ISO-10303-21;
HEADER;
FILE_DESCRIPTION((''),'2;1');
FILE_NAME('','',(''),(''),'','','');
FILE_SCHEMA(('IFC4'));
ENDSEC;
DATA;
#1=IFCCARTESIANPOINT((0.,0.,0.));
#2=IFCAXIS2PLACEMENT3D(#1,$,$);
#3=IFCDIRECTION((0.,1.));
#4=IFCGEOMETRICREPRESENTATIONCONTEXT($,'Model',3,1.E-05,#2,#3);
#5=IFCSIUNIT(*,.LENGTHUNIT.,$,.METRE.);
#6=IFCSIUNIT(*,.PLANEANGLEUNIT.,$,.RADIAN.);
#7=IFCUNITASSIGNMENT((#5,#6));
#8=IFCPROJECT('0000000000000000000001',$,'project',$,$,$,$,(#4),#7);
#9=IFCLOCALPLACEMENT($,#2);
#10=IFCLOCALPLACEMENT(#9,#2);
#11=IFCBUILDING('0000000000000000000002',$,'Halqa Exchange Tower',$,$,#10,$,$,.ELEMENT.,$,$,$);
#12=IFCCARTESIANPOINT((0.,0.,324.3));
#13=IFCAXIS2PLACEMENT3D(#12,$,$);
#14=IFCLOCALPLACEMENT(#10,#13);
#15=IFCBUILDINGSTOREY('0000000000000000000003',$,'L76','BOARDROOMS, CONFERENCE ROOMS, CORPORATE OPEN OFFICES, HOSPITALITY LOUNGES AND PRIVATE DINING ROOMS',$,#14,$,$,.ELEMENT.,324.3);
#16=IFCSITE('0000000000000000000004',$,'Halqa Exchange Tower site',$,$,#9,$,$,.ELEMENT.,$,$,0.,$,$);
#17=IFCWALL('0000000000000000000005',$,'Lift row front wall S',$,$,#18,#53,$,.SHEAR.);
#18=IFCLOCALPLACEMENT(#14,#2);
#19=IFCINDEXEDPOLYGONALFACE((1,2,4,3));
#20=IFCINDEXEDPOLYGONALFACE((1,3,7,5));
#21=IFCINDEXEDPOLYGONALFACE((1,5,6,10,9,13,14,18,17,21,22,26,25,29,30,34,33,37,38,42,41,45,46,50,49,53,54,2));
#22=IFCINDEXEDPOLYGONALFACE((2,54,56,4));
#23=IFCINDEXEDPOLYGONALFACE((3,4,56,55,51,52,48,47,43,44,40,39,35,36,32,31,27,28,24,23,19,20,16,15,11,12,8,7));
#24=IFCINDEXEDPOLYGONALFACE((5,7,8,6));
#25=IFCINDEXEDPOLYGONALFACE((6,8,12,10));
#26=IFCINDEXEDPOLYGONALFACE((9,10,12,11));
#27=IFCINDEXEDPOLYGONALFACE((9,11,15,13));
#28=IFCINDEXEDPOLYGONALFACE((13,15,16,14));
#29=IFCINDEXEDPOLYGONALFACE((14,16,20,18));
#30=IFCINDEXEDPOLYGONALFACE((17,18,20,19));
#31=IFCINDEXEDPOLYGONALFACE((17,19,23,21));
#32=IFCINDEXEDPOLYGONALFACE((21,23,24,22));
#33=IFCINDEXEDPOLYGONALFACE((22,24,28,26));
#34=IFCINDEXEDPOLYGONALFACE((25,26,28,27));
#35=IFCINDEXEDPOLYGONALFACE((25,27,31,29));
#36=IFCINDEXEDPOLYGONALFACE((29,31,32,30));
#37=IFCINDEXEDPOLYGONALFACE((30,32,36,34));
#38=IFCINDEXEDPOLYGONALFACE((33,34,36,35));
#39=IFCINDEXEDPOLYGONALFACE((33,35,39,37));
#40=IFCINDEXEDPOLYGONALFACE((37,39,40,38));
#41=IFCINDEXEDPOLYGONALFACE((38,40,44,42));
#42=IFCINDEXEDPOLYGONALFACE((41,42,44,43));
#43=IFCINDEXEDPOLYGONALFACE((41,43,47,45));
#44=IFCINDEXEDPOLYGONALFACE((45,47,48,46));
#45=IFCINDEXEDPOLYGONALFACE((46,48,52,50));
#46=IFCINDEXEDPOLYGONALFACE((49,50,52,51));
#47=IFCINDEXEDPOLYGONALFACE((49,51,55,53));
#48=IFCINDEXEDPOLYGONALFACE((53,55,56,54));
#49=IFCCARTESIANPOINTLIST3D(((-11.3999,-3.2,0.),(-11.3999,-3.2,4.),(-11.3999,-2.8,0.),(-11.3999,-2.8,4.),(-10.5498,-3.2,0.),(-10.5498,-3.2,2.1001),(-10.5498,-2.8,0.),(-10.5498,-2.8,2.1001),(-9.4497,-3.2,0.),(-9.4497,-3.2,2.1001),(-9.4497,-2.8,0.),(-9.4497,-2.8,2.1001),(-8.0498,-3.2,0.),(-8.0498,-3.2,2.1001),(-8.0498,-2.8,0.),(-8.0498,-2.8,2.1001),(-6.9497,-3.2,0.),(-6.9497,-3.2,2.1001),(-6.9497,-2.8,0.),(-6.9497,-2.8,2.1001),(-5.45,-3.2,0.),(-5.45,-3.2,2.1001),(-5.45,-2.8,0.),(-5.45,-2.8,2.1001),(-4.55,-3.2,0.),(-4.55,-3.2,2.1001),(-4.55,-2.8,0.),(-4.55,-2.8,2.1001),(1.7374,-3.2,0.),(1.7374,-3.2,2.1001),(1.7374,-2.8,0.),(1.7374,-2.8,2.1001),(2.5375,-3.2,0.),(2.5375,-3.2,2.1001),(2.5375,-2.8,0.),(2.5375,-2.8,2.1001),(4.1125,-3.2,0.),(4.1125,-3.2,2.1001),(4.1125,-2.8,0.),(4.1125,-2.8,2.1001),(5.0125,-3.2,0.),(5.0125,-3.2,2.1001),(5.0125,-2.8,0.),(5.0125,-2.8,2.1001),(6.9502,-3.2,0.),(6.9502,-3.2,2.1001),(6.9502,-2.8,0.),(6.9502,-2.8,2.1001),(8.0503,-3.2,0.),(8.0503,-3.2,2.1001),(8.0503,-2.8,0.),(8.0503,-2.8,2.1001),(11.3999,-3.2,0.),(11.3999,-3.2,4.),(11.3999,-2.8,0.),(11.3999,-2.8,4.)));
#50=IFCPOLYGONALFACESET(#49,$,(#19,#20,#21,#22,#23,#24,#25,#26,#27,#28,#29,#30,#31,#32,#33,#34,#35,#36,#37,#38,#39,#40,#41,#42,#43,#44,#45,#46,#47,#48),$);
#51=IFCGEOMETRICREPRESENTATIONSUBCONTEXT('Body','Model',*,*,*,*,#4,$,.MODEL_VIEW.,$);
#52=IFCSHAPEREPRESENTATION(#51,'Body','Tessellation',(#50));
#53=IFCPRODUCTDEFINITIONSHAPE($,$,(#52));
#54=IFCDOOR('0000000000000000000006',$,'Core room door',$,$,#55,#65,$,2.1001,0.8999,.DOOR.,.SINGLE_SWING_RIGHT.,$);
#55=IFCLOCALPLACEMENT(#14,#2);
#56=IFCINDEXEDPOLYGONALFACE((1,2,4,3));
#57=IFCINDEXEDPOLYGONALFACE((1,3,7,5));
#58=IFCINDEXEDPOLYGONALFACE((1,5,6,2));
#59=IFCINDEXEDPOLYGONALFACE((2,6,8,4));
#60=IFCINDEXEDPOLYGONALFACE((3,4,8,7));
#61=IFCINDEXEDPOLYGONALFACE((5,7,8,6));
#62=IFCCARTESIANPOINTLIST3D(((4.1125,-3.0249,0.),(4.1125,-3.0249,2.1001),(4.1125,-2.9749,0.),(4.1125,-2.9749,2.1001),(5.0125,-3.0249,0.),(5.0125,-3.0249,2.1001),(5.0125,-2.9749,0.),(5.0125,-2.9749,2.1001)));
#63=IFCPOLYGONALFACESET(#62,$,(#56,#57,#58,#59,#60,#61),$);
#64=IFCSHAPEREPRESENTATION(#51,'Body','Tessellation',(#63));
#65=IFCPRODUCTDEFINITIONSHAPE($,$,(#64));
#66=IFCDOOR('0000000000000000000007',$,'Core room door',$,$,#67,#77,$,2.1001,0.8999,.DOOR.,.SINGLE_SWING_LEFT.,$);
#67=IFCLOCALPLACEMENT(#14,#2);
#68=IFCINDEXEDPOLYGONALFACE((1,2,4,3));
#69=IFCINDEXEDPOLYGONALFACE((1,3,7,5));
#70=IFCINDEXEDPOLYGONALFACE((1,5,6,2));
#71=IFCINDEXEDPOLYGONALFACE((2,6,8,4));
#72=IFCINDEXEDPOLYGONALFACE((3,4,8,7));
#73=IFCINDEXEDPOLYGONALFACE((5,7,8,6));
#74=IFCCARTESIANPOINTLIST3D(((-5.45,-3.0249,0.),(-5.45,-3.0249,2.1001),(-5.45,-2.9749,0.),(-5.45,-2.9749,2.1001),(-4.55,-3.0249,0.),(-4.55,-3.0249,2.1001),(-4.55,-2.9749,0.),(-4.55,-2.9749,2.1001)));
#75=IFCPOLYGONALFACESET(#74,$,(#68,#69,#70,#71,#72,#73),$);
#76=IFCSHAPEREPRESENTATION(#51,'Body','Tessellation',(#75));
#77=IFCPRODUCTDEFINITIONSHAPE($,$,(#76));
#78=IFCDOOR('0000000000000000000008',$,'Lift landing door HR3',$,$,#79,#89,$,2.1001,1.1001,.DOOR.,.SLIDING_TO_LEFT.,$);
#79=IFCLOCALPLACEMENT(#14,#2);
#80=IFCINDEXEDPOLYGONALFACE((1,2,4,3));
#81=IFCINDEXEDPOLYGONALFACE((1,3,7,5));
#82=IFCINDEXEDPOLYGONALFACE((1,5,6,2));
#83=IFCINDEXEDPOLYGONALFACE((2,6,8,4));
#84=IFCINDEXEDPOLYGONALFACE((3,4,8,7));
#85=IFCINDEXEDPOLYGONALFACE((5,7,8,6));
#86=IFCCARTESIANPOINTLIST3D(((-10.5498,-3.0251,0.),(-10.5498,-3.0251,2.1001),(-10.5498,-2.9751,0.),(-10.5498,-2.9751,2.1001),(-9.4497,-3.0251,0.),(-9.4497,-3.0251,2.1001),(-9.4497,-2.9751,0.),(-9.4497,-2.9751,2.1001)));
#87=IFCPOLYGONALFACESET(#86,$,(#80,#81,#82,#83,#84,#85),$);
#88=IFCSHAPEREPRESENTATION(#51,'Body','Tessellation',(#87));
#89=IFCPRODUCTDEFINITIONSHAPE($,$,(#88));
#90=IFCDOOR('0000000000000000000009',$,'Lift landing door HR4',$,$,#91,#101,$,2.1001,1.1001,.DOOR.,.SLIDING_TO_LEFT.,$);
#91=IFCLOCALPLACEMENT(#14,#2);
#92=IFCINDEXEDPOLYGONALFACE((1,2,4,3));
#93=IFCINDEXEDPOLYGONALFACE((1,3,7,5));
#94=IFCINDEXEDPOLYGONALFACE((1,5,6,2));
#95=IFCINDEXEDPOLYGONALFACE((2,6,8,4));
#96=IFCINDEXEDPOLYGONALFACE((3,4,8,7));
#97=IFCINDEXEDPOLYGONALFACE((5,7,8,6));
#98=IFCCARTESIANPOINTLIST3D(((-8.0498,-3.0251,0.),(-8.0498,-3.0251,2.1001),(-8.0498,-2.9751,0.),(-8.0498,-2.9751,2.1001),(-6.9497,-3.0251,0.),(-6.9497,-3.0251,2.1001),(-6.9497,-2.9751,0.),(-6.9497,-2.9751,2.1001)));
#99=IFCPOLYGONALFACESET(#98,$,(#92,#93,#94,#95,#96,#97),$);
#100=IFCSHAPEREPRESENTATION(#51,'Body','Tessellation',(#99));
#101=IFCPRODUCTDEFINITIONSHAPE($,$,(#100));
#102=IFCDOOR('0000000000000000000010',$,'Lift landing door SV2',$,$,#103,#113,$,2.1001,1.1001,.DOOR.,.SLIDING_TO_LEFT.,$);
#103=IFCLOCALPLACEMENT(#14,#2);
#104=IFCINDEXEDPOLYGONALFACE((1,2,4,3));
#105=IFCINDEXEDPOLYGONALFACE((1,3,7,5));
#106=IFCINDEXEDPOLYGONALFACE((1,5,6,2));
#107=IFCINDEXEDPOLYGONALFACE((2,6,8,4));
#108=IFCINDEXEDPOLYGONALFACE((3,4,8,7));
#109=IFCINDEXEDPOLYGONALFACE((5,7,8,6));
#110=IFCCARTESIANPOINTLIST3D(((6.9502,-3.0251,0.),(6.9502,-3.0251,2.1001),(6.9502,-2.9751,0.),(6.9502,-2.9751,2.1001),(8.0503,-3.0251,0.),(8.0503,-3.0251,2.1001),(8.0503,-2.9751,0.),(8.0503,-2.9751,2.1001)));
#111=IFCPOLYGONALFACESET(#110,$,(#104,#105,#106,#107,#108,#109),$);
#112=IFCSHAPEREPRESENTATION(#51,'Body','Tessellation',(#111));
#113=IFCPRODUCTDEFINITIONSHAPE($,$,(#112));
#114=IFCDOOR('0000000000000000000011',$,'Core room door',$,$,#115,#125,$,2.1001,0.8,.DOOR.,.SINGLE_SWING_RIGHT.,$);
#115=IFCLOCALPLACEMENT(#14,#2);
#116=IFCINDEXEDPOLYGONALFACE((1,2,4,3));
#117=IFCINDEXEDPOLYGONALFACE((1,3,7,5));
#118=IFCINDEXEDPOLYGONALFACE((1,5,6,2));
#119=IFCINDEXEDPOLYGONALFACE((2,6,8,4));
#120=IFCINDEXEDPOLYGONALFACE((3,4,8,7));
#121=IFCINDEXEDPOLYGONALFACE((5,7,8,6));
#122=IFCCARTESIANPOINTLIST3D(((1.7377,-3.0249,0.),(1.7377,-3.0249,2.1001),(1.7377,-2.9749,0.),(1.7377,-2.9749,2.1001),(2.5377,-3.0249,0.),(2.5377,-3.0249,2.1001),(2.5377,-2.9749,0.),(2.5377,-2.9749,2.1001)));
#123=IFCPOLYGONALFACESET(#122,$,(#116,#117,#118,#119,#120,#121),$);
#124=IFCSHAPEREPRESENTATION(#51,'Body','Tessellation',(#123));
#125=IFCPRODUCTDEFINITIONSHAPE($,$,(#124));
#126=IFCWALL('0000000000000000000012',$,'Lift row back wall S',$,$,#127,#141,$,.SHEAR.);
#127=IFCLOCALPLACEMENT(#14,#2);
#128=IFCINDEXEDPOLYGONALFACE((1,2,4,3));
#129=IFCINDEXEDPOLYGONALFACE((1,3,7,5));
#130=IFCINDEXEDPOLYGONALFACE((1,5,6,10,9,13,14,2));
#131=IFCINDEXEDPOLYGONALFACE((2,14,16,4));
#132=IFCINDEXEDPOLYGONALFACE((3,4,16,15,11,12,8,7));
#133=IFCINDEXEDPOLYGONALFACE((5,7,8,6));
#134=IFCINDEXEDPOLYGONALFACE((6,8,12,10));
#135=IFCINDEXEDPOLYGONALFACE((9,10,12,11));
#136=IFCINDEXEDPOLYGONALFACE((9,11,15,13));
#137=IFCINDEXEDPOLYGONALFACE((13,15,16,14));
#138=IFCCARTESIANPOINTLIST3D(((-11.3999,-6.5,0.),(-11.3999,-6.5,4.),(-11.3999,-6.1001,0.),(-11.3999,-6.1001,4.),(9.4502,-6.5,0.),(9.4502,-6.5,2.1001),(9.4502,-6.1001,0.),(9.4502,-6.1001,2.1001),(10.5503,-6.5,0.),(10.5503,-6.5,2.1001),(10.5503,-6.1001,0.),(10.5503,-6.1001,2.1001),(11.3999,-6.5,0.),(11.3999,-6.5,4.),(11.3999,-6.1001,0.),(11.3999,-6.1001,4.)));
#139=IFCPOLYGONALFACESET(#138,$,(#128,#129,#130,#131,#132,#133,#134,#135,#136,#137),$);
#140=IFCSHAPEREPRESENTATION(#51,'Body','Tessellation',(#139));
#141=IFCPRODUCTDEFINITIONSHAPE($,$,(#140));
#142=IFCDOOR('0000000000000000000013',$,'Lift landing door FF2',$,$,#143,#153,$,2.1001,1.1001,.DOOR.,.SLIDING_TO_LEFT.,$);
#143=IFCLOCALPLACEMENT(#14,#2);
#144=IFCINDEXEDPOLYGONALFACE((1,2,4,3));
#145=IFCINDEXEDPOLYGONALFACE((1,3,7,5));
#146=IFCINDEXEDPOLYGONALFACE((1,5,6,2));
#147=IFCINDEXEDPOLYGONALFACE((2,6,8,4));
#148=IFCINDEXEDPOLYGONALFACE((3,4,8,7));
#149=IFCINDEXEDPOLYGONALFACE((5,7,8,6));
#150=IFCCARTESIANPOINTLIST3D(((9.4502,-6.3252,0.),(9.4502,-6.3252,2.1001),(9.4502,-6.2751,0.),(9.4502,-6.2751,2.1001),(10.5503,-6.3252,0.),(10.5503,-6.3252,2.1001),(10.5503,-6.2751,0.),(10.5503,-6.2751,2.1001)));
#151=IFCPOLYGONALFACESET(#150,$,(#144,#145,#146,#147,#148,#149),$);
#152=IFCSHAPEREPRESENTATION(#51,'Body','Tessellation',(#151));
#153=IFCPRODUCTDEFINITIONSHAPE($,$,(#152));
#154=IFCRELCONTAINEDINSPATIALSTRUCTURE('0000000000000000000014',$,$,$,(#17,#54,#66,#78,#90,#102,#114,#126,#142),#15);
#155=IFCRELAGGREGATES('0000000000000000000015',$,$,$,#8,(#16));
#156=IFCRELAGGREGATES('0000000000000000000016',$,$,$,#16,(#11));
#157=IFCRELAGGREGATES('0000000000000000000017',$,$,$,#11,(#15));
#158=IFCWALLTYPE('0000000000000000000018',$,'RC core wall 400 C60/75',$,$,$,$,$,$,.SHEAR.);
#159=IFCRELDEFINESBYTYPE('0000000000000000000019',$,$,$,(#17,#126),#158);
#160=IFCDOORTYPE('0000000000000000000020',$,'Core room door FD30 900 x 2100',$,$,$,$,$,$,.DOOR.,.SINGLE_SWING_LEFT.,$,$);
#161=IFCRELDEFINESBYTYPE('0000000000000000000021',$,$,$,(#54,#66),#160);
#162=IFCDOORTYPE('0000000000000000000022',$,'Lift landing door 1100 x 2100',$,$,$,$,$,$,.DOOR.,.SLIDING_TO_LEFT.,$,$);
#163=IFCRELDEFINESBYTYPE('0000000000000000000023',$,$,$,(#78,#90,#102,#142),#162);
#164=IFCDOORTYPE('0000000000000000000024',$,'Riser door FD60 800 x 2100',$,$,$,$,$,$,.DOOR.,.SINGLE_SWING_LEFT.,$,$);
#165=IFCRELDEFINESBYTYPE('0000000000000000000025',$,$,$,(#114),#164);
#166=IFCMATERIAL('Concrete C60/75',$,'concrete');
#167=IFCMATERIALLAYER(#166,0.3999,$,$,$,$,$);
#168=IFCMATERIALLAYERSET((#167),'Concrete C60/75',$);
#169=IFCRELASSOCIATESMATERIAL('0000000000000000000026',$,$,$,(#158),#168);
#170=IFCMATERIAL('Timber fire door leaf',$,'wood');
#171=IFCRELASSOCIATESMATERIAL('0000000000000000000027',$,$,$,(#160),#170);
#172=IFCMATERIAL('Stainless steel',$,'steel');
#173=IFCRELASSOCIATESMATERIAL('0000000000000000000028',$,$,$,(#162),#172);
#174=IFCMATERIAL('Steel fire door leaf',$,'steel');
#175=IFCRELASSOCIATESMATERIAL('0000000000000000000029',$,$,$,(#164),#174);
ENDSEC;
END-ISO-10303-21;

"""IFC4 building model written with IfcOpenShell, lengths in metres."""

from ifc_helpers import new_model, si_unit, direction, frame, frame_2d, origin, place, context, subcontext, project, spatial, rectangle, extrude, material, layer, layer_set, type_object, element, fill, save


model = new_model("IFC4")

# Units and contexts
model_context = context("Model", 3, precision=1e-05, world=origin(), true_north=direction((0.0, 1.0)))
body_context = subcontext(model_context, "Body", "Model", "MODEL_VIEW")
ifc_project = project(units=[si_unit("LENGTHUNIT", "METRE"), si_unit("PLANEANGLEUNIT", "RADIAN")], contexts=[model_context])

# Site, building, storey
site_placement = place(None, origin())
site = spatial("IfcSite", under=ifc_project, at=site_placement, Name="Halqa Exchange Tower site", CompositionType="ELEMENT", RefElevation=0.0)
building_placement = place(site_placement, origin())
building = spatial("IfcBuilding", under=site, at=building_placement, Name="Halqa Exchange Tower", CompositionType="ELEMENT")
storey_placement = place(building_placement, frame((0.0, 0.0, 324.3)))
storey = spatial("IfcBuildingStorey", under=building, at=storey_placement, Name="L76", Description="BOARDROOMS, CONFERENCE ROOMS, CORPORATE OPEN OFFICES, HOSPITALITY LOUNGES AND PRIVATE DINING ROOMS", CompositionType="ELEMENT", Elevation=324.3)

# Shared definitions
ifc_material_1 = material(Name="Concrete C60/75", Category="concrete")

# Wall, openings, doors
ifc_layer_1 = layer(ifc_material_1, 0.3999)
ifc_layer_set_1 = layer_set([ifc_layer_1], Name="Concrete C60/75")
wall_type_1 = type_object("IfcWallType", Name="RC core wall 400 C60/75", PredefinedType="SHEAR", material=ifc_layer_set_1)
wall_1_placement = place(storey_placement, frame((-11.3999, -3.0, 0.0), z_axis=(0.0, 0.0, 1.0), x_axis=(1.0, 0.0, 0.0)))
wall_1 = element("IfcWall", 1, at=wall_1_placement, inside=storey, type_object=wall_type_1, Name="Lift row front wall S", PredefinedType="SHEAR", context=body_context, shape_type="SweptSolid", body=[
    extrude(rectangle(XDim=22.7998, YDim=0.3999, at=frame_2d((11.3999, 0.0))), origin(), (0.0, 0.0, 1.0), 4.0),
])
opening_1_placement = place(wall_1_placement, frame((0.8501, 0.0, 0.0)))
opening_1 = element("IfcOpeningElement", 2, at=opening_1_placement, cuts=wall_1, PredefinedType="OPENING", context=body_context, shape_type="SweptSolid", body=[
    extrude(rectangle(XDim=1.1001, YDim=2.1001, at=frame_2d((0.55, 1.05))), frame((0.0, 0.2119, 0.0), z_axis=(0.0, -1.0, 0.0), x_axis=(1.0, 0.0, 0.0)), (0.0, 0.0, 1.0), 0.4238),
])
opening_2_placement = place(wall_1_placement, frame((3.3501, 0.0, 0.0)))
opening_2 = element("IfcOpeningElement", 3, at=opening_2_placement, cuts=wall_1, PredefinedType="OPENING", context=body_context, shape_type="SweptSolid", body=[
    extrude(rectangle(XDim=1.1001, YDim=2.1001, at=frame_2d((0.55, 1.05))), frame((0.0, 0.2119, 0.0), z_axis=(0.0, -1.0, 0.0), x_axis=(1.0, 0.0, 0.0)), (0.0, 0.0, 1.0), 0.4238),
])
opening_3_placement = place(wall_1_placement, frame((18.3501, 0.0, 0.0)))
opening_3 = element("IfcOpeningElement", 4, at=opening_3_placement, cuts=wall_1, PredefinedType="OPENING", context=body_context, shape_type="SweptSolid", body=[
    extrude(rectangle(XDim=1.1001, YDim=2.1001, at=frame_2d((0.55, 1.05))), frame((0.0, 0.2119, 0.0), z_axis=(0.0, -1.0, 0.0), x_axis=(1.0, 0.0, 0.0)), (0.0, 0.0, 1.0), 0.4238),
])
opening_4_placement = place(wall_1_placement, frame((13.1375, 0.0, 0.0)))
opening_4 = element("IfcOpeningElement", 5, at=opening_4_placement, cuts=wall_1, PredefinedType="OPENING", context=body_context, shape_type="SweptSolid", body=[
    extrude(rectangle(XDim=0.8, YDim=2.1001, at=frame_2d((0.3999, 1.05))), frame((0.0, 0.2119, 0.0), z_axis=(0.0, -1.0, 0.0), x_axis=(1.0, 0.0, 0.0)), (0.0, 0.0, 1.0), 0.4238),
])
opening_5_placement = place(wall_1_placement, frame((15.5125, 0.0, 0.0)))
opening_5 = element("IfcOpeningElement", 6, at=opening_5_placement, cuts=wall_1, PredefinedType="OPENING", context=body_context, shape_type="SweptSolid", body=[
    extrude(rectangle(XDim=0.8999, YDim=2.1001, at=frame_2d((0.45, 1.05))), frame((0.0, 0.2119, 0.0), z_axis=(0.0, -1.0, 0.0), x_axis=(1.0, 0.0, 0.0)), (0.0, 0.0, 1.0), 0.4238),
])
opening_6_placement = place(wall_1_placement, frame((5.95, 0.0, 0.0)))
opening_6 = element("IfcOpeningElement", 7, at=opening_6_placement, cuts=wall_1, PredefinedType="OPENING", context=body_context, shape_type="SweptSolid", body=[
    extrude(rectangle(XDim=0.8999, YDim=2.1001, at=frame_2d((0.45, 1.05))), frame((0.0, 0.2119, 0.0), z_axis=(0.0, -1.0, 0.0), x_axis=(1.0, 0.0, 0.0)), (0.0, 0.0, 1.0), 0.4238),
])
ifc_material_2 = material(Name="Timber fire door leaf", Category="wood")
door_type_1 = type_object("IfcDoorType", Name="Core room door FD30 900 x 2100", OperationType="SINGLE_SWING_LEFT", PredefinedType="DOOR", material=ifc_material_2)
door_1_placement = place(opening_5_placement, frame((0.8999, 0.0, 0.0), z_axis=(0.0, 0.0, 1.0), x_axis=(-1.0, 0.0, 0.0)))
door_1 = element("IfcDoor", 8, at=door_1_placement, inside=storey, type_object=door_type_1, Name="Core room door", OperationType="SINGLE_SWING_RIGHT", OverallHeight=2.1001, OverallWidth=0.8999, PredefinedType="DOOR", context=body_context, shape_type="SweptSolid", body=[
    extrude(rectangle(XDim=0.8999, YDim=2.1001, at=frame_2d((0.45, 1.05))), frame((0.0, 0.0249, 0.0), z_axis=(0.0, -1.0, 0.0), x_axis=(1.0, 0.0, 0.0)), (0.0, 0.0, 1.0), 0.05),
])
fill(opening_5, door_1)
door_2_placement = place(opening_6_placement, frame((0.8999, 0.0, 0.0), z_axis=(0.0, 0.0, 1.0), x_axis=(-1.0, 0.0, 0.0)))
door_2 = element("IfcDoor", 9, at=door_2_placement, inside=storey, type_object=door_type_1, Name="Core room door", OperationType="SINGLE_SWING_LEFT", OverallHeight=2.1001, OverallWidth=0.8999, PredefinedType="DOOR", context=body_context, shape_type="SweptSolid", body=[
    extrude(rectangle(XDim=0.8999, YDim=2.1001, at=frame_2d((0.45, 1.05))), frame((0.0, 0.0249, 0.0), z_axis=(0.0, -1.0, 0.0), x_axis=(1.0, 0.0, 0.0)), (0.0, 0.0, 1.0), 0.05),
])
fill(opening_6, door_2)
ifc_material_3 = material(Name="Stainless steel", Category="steel")
door_type_2 = type_object("IfcDoorType", Name="Lift landing door 1100 x 2100", OperationType="SLIDING_TO_LEFT", PredefinedType="DOOR", material=ifc_material_3)
door_3_placement = place(opening_1_placement, origin())
door_3 = element("IfcDoor", 10, at=door_3_placement, inside=storey, type_object=door_type_2, Name="Lift landing door HR3", OperationType="SLIDING_TO_LEFT", OverallHeight=2.1001, OverallWidth=1.1001, PredefinedType="DOOR", context=body_context, shape_type="SweptSolid", body=[
    extrude(rectangle(XDim=1.1001, YDim=2.1001, at=frame_2d((0.55, 1.05))), frame((0.0, 0.0249, 0.0), z_axis=(0.0, -1.0, 0.0), x_axis=(1.0, 0.0, 0.0)), (0.0, 0.0, 1.0), 0.05),
])
fill(opening_1, door_3)
door_4_placement = place(opening_2_placement, origin())
door_4 = element("IfcDoor", 11, at=door_4_placement, inside=storey, type_object=door_type_2, Name="Lift landing door HR4", OperationType="SLIDING_TO_LEFT", OverallHeight=2.1001, OverallWidth=1.1001, PredefinedType="DOOR", context=body_context, shape_type="SweptSolid", body=[
    extrude(rectangle(XDim=1.1001, YDim=2.1001, at=frame_2d((0.55, 1.05))), frame((0.0, 0.0249, 0.0), z_axis=(0.0, -1.0, 0.0), x_axis=(1.0, 0.0, 0.0)), (0.0, 0.0, 1.0), 0.05),
])
fill(opening_2, door_4)
door_5_placement = place(opening_3_placement, origin())
door_5 = element("IfcDoor", 12, at=door_5_placement, inside=storey, type_object=door_type_2, Name="Lift landing door SV2", OperationType="SLIDING_TO_LEFT", OverallHeight=2.1001, OverallWidth=1.1001, PredefinedType="DOOR", context=body_context, shape_type="SweptSolid", body=[
    extrude(rectangle(XDim=1.1001, YDim=2.1001, at=frame_2d((0.55, 1.05))), frame((0.0, 0.0249, 0.0), z_axis=(0.0, -1.0, 0.0), x_axis=(1.0, 0.0, 0.0)), (0.0, 0.0, 1.0), 0.05),
])
fill(opening_3, door_5)
ifc_material_4 = material(Name="Steel fire door leaf", Category="steel")
door_type_3 = type_object("IfcDoorType", Name="Riser door FD60 800 x 2100", OperationType="SINGLE_SWING_LEFT", PredefinedType="DOOR", material=ifc_material_4)
door_6_placement = place(opening_4_placement, frame((0.8, 0.0, 0.0), z_axis=(0.0, 0.0, 1.0), x_axis=(-1.0, 0.0, 0.0)))
door_6 = element("IfcDoor", 13, at=door_6_placement, inside=storey, type_object=door_type_3, Name="Core room door", OperationType="SINGLE_SWING_RIGHT", OverallHeight=2.1001, OverallWidth=0.8, PredefinedType="DOOR", context=body_context, shape_type="SweptSolid", body=[
    extrude(rectangle(XDim=0.8, YDim=2.1001, at=frame_2d((0.3999, 1.05))), frame((0.0, 0.0249, 0.0), z_axis=(0.0, -1.0, 0.0), x_axis=(1.0, 0.0, 0.0)), (0.0, 0.0, 1.0), 0.05),
])
fill(opening_4, door_6)

# Wall, opening, door
wall_2_placement = place(storey_placement, frame((-11.3999, -6.3, 0.0), z_axis=(0.0, 0.0, 1.0), x_axis=(1.0, 0.0, 0.0)))
wall_2 = element("IfcWall", 14, at=wall_2_placement, inside=storey, type_object=wall_type_1, Name="Lift row back wall S", PredefinedType="SHEAR", context=body_context, shape_type="SweptSolid", body=[
    extrude(rectangle(XDim=22.7998, YDim=0.3999, at=frame_2d((11.3999, 0.0))), origin(), (0.0, 0.0, 1.0), 4.0),
])
opening_7_placement = place(wall_2_placement, frame((20.8501, 0.0, 0.0)))
opening_7 = element("IfcOpeningElement", 15, at=opening_7_placement, cuts=wall_2, PredefinedType="OPENING", context=body_context, shape_type="SweptSolid", body=[
    extrude(rectangle(XDim=1.1001, YDim=2.1001, at=frame_2d((0.55, 1.05))), frame((0.0, 0.2119, 0.0), z_axis=(0.0, -1.0, 0.0), x_axis=(1.0, 0.0, 0.0)), (0.0, 0.0, 1.0), 0.4238),
])
door_7_placement = place(opening_7_placement, origin())
door_7 = element("IfcDoor", 16, at=door_7_placement, inside=storey, type_object=door_type_2, Name="Lift landing door FF2", OperationType="SLIDING_TO_LEFT", OverallHeight=2.1001, OverallWidth=1.1001, PredefinedType="DOOR", context=body_context, shape_type="SweptSolid", body=[
    extrude(rectangle(XDim=1.1001, YDim=2.1001, at=frame_2d((0.55, 1.05))), frame((0.0, 0.0249, 0.0), z_axis=(0.0, -1.0, 0.0), x_axis=(1.0, 0.0, 0.0)), (0.0, 0.0, 1.0), 0.05),
])
fill(opening_7, door_7)

save(model, "model.ifc")
